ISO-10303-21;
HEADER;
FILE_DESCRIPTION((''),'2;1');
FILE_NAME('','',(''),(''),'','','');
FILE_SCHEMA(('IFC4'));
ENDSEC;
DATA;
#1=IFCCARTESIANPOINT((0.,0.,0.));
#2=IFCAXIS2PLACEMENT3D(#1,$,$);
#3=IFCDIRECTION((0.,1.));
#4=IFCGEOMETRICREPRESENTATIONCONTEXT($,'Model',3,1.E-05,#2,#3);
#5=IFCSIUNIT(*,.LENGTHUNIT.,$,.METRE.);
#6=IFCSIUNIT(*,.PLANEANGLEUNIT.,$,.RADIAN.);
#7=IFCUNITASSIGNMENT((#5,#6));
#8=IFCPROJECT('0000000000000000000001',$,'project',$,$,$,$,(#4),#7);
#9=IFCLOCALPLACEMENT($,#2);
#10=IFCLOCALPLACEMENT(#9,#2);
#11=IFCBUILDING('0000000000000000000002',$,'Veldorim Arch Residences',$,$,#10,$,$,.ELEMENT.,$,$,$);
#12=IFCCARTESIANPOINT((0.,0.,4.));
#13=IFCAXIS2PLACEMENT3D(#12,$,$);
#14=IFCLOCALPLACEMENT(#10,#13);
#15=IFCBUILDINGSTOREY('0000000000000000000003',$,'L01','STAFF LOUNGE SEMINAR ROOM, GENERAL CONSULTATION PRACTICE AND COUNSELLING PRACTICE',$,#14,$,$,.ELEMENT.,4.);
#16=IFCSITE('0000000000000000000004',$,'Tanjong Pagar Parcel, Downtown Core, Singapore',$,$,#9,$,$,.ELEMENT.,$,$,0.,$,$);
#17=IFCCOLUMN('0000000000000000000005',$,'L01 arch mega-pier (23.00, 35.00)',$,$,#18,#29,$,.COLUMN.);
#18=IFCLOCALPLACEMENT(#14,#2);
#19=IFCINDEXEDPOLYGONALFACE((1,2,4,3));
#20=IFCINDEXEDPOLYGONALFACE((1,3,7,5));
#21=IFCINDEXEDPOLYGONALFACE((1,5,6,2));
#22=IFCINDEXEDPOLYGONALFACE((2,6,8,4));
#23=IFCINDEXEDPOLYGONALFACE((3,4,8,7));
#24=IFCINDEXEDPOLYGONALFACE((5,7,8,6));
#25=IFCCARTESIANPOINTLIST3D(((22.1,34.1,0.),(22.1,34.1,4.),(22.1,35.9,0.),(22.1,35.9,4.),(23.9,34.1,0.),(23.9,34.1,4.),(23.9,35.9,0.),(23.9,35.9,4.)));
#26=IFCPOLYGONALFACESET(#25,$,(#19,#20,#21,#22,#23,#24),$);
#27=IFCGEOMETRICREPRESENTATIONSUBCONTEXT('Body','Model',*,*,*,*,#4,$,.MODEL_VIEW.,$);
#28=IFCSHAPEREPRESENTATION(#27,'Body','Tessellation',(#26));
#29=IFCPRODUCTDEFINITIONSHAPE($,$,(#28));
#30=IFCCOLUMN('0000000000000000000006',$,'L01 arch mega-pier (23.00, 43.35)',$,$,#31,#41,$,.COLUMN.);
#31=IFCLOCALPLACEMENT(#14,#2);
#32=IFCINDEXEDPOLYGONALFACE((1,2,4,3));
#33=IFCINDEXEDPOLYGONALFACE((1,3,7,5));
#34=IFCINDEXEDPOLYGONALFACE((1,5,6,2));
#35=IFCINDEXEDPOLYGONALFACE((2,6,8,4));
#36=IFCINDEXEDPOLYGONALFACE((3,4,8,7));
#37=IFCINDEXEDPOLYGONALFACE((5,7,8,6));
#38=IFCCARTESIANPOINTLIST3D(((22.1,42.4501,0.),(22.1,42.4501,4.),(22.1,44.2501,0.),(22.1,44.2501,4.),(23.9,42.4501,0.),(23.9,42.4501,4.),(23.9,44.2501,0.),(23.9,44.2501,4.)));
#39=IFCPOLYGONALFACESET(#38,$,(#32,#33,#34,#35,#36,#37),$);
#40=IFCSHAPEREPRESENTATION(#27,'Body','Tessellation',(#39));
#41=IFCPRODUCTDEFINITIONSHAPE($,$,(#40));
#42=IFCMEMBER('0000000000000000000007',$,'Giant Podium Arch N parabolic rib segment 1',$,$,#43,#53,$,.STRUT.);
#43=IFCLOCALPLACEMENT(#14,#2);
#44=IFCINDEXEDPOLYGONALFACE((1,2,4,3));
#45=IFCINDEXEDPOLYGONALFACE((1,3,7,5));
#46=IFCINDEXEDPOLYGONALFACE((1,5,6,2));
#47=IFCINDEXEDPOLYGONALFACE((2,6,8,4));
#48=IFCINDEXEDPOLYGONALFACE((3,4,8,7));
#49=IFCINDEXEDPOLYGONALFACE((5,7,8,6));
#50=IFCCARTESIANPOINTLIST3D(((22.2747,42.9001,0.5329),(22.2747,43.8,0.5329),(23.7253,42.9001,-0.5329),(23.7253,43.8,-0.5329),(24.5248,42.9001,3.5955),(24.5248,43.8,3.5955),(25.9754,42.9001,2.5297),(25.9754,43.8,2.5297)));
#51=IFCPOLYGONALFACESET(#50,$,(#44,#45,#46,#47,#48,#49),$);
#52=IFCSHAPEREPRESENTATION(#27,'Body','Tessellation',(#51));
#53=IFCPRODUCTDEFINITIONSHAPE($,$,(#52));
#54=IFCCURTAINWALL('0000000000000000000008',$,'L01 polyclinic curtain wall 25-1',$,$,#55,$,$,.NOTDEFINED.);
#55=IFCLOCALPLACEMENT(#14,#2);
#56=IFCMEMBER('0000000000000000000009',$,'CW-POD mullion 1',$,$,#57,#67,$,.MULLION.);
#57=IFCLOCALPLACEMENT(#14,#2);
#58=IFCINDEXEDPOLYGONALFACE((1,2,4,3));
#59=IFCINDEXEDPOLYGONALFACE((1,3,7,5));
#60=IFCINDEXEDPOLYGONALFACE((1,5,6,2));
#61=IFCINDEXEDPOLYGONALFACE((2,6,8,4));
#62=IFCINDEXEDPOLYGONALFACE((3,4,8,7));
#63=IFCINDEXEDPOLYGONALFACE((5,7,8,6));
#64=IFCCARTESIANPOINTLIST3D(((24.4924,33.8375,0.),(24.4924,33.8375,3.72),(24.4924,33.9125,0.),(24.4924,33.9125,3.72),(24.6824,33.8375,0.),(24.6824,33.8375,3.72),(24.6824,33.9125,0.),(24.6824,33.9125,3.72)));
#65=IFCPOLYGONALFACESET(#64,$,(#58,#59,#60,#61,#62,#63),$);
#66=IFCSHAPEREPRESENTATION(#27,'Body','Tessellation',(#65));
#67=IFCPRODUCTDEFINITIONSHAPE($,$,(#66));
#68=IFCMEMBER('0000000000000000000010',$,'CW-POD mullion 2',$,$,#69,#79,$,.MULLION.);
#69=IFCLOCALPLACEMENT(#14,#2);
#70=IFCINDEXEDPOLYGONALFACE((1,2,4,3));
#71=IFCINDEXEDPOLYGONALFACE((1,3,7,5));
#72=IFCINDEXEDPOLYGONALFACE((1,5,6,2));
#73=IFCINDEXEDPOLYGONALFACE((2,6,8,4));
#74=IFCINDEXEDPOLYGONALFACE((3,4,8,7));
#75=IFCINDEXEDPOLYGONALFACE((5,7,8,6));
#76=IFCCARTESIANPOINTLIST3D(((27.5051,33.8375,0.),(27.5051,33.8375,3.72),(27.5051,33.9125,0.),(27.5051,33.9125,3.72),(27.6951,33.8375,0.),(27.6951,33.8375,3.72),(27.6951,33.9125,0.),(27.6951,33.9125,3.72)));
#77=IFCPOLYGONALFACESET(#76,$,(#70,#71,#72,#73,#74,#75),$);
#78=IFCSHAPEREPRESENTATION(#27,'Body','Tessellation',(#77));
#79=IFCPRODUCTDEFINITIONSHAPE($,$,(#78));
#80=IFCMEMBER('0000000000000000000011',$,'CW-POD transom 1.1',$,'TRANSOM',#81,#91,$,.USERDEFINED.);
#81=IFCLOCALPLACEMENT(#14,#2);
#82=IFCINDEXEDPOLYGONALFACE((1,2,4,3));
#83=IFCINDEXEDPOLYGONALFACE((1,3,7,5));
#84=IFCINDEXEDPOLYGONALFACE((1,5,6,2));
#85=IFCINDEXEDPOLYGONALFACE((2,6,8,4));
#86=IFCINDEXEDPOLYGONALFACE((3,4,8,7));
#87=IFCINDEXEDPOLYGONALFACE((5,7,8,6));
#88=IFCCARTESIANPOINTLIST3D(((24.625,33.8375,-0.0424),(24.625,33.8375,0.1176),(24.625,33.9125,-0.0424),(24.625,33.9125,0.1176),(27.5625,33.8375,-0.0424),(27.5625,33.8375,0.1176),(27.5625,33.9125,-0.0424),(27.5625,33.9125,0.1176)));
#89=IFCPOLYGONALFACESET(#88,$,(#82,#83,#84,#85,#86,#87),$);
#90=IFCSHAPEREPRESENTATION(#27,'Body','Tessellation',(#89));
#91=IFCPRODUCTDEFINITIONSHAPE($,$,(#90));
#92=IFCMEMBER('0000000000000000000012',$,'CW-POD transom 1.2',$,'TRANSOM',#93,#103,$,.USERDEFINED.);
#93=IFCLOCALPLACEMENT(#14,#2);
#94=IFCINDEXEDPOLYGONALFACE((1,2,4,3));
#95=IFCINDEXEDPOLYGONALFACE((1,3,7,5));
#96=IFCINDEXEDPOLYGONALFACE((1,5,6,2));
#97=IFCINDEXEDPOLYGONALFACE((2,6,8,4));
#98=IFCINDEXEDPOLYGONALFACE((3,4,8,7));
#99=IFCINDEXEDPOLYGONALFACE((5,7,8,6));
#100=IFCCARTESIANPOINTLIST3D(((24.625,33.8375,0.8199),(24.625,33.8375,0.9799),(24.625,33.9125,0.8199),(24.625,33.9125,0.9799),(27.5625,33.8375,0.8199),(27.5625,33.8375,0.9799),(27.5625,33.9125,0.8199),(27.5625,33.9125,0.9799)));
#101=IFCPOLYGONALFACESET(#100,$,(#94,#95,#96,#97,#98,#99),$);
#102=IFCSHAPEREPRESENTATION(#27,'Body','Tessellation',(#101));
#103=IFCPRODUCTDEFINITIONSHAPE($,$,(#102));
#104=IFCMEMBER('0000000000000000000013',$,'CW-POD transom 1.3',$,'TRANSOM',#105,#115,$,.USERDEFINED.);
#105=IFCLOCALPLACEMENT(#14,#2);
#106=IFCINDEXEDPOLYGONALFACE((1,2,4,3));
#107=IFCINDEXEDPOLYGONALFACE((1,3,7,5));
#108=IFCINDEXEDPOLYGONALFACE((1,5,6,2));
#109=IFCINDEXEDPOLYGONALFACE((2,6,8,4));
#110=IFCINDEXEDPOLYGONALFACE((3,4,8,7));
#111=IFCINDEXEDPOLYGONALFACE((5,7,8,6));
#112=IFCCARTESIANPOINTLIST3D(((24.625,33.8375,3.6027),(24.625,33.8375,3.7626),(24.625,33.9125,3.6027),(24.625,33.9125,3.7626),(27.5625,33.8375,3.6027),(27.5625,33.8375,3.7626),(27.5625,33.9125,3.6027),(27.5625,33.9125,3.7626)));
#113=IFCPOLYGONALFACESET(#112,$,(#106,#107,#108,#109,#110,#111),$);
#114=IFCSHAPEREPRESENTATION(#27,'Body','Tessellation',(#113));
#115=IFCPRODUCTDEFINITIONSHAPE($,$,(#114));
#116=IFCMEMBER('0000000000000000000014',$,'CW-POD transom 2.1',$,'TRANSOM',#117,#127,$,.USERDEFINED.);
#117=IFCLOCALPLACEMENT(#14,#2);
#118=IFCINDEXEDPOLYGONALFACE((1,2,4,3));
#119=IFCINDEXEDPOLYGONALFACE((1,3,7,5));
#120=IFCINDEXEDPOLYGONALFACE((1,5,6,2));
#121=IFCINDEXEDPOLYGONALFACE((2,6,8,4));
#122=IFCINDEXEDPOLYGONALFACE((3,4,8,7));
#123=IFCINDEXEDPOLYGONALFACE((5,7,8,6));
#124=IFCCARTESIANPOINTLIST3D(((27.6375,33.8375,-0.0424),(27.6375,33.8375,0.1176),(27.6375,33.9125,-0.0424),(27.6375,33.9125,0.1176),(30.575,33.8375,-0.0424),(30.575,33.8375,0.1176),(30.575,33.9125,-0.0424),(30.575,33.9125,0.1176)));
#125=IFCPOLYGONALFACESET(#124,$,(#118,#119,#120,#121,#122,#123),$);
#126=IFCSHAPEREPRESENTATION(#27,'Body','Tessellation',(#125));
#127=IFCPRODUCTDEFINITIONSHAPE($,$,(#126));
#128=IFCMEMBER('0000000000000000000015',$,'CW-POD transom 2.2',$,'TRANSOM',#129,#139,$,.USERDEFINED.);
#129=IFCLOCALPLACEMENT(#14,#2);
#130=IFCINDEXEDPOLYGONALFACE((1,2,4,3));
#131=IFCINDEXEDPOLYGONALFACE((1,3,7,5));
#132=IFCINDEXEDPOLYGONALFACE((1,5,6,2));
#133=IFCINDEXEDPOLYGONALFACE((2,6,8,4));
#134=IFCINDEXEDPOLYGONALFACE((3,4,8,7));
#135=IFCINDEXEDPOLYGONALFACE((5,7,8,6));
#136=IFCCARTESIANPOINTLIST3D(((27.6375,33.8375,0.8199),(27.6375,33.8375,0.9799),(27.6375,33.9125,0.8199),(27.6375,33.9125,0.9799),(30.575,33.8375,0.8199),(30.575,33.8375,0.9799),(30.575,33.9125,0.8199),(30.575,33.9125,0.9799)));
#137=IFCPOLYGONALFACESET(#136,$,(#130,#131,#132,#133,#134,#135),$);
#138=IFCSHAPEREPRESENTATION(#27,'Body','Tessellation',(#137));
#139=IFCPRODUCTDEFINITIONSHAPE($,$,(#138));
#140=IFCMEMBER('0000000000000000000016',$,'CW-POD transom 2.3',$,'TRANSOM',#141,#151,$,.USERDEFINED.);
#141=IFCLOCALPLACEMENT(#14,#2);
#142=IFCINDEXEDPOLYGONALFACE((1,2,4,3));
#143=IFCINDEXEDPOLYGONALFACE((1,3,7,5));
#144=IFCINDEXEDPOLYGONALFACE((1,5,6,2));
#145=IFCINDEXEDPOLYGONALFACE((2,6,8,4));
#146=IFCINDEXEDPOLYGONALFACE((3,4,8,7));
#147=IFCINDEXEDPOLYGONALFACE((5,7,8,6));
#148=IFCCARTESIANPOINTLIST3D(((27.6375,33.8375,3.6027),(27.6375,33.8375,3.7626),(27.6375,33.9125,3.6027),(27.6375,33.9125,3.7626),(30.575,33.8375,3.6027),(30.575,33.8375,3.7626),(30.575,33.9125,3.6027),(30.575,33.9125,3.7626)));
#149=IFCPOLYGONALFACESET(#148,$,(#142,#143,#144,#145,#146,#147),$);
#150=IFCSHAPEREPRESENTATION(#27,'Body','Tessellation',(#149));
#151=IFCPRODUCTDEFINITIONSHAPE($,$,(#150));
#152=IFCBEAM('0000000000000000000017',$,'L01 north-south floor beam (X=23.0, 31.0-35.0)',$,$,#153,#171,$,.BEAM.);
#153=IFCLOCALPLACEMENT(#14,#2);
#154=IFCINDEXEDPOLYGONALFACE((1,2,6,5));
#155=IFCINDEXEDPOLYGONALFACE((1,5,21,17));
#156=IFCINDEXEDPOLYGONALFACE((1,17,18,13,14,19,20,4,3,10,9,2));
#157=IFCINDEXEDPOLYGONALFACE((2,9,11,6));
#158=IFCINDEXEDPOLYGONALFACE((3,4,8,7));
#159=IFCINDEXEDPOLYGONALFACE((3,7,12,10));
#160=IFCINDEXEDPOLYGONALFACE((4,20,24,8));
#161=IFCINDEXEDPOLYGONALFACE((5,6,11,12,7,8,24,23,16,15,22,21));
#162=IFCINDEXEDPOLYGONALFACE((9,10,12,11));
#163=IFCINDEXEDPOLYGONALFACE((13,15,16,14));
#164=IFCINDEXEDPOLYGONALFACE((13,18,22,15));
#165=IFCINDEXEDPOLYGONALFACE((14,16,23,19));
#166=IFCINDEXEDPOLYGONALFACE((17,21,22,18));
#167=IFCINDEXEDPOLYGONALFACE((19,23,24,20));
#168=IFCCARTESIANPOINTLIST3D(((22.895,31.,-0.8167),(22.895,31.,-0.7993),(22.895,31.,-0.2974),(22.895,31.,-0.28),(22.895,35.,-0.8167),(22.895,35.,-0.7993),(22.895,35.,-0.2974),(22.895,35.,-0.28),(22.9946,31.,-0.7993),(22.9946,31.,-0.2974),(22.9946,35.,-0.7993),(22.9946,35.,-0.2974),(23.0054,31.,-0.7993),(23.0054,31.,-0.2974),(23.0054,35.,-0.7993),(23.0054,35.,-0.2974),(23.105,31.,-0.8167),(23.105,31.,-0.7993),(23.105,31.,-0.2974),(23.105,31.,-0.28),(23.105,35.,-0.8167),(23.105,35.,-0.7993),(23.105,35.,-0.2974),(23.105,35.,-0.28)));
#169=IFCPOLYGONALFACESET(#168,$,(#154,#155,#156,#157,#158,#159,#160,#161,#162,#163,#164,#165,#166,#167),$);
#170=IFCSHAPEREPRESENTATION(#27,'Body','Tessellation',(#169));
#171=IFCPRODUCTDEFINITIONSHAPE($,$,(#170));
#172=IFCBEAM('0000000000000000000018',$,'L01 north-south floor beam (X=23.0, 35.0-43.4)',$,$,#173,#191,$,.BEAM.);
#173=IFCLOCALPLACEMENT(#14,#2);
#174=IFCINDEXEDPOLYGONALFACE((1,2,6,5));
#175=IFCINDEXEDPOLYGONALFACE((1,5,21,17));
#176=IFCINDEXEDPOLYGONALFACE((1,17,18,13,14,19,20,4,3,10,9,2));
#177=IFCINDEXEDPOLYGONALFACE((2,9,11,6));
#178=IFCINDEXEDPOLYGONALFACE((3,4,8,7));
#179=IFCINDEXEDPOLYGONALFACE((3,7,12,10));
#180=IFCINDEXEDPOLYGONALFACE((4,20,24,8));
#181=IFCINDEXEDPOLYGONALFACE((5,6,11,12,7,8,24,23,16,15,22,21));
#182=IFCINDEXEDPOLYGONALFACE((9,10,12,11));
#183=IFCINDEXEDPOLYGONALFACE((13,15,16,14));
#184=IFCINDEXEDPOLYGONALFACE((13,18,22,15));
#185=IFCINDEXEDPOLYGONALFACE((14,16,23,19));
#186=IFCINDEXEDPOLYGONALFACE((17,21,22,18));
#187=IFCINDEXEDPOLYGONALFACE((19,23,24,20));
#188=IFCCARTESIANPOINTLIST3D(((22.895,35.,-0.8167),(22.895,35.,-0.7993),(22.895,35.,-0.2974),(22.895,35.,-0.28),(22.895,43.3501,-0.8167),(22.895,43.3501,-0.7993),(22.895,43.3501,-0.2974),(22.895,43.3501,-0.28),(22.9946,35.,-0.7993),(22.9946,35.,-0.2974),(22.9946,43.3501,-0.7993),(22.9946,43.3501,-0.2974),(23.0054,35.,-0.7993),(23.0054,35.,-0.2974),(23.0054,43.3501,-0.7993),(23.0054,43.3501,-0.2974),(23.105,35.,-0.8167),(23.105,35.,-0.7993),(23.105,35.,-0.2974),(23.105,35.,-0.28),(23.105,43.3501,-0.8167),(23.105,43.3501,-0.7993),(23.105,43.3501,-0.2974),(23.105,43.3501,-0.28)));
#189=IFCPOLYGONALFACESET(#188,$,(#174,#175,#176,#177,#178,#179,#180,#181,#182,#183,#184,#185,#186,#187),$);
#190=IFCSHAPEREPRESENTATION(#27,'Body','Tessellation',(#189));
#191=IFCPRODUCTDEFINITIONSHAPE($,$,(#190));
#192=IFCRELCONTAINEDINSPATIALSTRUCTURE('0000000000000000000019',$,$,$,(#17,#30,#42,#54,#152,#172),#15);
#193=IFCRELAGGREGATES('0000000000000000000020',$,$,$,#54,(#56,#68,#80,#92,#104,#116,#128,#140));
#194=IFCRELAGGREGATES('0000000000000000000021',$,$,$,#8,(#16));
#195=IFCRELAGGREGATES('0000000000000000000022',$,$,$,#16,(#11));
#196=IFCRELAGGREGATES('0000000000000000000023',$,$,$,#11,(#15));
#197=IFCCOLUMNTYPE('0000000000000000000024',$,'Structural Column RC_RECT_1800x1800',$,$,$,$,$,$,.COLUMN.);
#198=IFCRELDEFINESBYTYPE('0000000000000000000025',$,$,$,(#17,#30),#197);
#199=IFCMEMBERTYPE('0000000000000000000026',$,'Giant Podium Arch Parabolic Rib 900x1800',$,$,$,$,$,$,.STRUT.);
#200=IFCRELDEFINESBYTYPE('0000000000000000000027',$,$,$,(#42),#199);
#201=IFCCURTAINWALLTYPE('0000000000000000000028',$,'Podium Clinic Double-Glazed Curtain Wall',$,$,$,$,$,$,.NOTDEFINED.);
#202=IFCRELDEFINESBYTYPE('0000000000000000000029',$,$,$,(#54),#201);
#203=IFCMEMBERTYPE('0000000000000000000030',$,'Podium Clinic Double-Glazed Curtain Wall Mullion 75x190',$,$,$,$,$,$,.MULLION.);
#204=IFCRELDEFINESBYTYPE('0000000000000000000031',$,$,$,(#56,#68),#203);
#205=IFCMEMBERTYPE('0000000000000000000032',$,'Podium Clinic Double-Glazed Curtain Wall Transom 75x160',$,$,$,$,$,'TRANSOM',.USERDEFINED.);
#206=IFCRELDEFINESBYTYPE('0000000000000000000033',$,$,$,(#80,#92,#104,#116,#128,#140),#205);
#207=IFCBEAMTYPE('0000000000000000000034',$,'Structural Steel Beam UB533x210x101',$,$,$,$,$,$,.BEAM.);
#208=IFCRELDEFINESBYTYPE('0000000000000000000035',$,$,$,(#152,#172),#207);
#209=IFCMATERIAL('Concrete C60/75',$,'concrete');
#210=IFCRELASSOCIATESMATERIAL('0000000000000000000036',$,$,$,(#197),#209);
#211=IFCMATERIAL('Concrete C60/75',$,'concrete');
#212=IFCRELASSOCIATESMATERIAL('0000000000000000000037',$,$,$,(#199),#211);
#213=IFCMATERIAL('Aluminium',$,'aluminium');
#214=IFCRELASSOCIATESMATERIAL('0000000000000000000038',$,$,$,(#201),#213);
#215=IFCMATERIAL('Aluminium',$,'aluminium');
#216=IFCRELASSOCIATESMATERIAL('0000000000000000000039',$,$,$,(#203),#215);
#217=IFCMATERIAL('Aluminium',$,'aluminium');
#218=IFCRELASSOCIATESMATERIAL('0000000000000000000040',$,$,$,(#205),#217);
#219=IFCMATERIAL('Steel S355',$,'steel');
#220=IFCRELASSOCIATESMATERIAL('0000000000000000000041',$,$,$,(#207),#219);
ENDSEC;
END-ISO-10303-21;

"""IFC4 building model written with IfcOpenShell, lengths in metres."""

from ifc_helpers import new_model, si_unit, direction, frame, origin, origin_2d, place, context, subcontext, project, spatial, rectangle, i_section, extrude, material, material_profile, profile_set, type_object, element, aggregate, save


model = new_model("IFC4")

# Units and contexts
model_context = context("Model", 3, precision=1e-05, world=origin(), true_north=direction((0.0, 1.0)))
body_context = subcontext(model_context, "Body", "Model", "MODEL_VIEW")
ifc_project = project(units=[si_unit("LENGTHUNIT", "METRE"), si_unit("PLANEANGLEUNIT", "RADIAN")], contexts=[model_context])

# Site, building, storey
site_placement = place(None, origin())
site = spatial("IfcSite", under=ifc_project, at=site_placement, Name="Tanjong Pagar Parcel, Downtown Core, Singapore", CompositionType="ELEMENT", RefElevation=0.0)
building_placement = place(site_placement, origin())
building = spatial("IfcBuilding", under=site, at=building_placement, Name="Veldorim Arch Residences", CompositionType="ELEMENT")
storey_placement = place(building_placement, frame((0.0, 0.0, 4.0)))
storey = spatial("IfcBuildingStorey", under=building, at=storey_placement, Name="L01", Description="STAFF LOUNGE SEMINAR ROOM, GENERAL CONSULTATION PRACTICE AND COUNSELLING PRACTICE", CompositionType="ELEMENT", Elevation=4.0)

# Columns
ifc_material_1 = material(Name="Concrete C60/75", Category="concrete")
ifc_material_profile_1 = material_profile(ifc_material_1, rectangle(XDim=1.8, YDim=1.8, at=origin_2d()), Name="RC_RECT_1800x1800")
ifc_profile_set_1 = profile_set([ifc_material_profile_1], Name="Concrete C60/75")
column_type = type_object("IfcColumnType", Name="Structural Column RC_RECT_1800x1800", PredefinedType="COLUMN", material=ifc_profile_set_1)
for number, where, z_axis, x_axis, name in (
    (1, (23.0, 35.0, 0.0), (0.0, 0.0, 1.0), (1.0, 0.0, 0.0), "L01 arch mega-pier (23.00, 35.00)"),
    (2, (23.0, 43.3501, 0.0), (0.0, 0.0, 1.0), (1.0, 0.0, 0.0), "L01 arch mega-pier (23.00, 43.35)"),
):
    element("IfcColumn", number, at=place(storey_placement, frame(where, z_axis=z_axis, x_axis=x_axis)), inside=storey, type_object=column_type, Name=name, PredefinedType="COLUMN", context=body_context, shape_type="SweptSolid", body=[
        extrude(rectangle(XDim=1.8, YDim=1.8, at=origin_2d()), origin(), (0.0, 0.0, 1.0), 4.0),
    ])

# Member
ifc_material_2 = material(Name="Concrete C60/75", Category="concrete")
ifc_material_profile_2 = material_profile(ifc_material_2, rectangle(XDim=0.8999, YDim=1.8, at=origin_2d()), Name="RC_RECT_900x1800")
ifc_profile_set_2 = profile_set([ifc_material_profile_2], Name="Concrete C60/75")
member_type_1 = type_object("IfcMemberType", Name="Giant Podium Arch Parabolic Rib 900x1800", PredefinedType="STRUT", material=ifc_profile_set_2)
member_1_placement = place(storey_placement, frame((23.0, 43.3501, 0.0), z_axis=(0.592076, 0.0, 0.805882), x_axis=(0.0, 1.0, 0.0)))
element("IfcMember", 3, at=member_1_placement, inside=storey, type_object=member_type_1, Name="Giant Podium Arch N parabolic rib segment 1", PredefinedType="STRUT", context=body_context, shape_type="SweptSolid", body=[
    extrude(rectangle(XDim=0.8999, YDim=1.8, at=origin_2d()), origin(), (0.0, 0.0, 1.0), 3.8003),
])

# Curtain wall, members
ifc_material_3 = material(Name="Aluminium", Category="aluminium")
curtain_wall_type = type_object("IfcCurtainWallType", Name="Podium Clinic Double-Glazed Curtain Wall", PredefinedType="NOTDEFINED", material=ifc_material_3)
curtain_wall_placement = place(storey_placement, origin())
curtain_wall = element("IfcCurtainWall", 4, at=curtain_wall_placement, inside=storey, type_object=curtain_wall_type, Name="L01 polyclinic curtain wall 25-1", PredefinedType="NOTDEFINED")
ifc_material_4 = material(Name="Aluminium", Category="aluminium")
ifc_material_profile_3 = material_profile(ifc_material_4, rectangle(XDim=0.075, YDim=0.1899, at=origin_2d()), Name="ALU_MUL_75x190")
ifc_profile_set_3 = profile_set([ifc_material_profile_3], Name="Aluminium")
member_type_2 = type_object("IfcMemberType", Name="Podium Clinic Double-Glazed Curtain Wall Mullion 75x190", PredefinedType="MULLION", material=ifc_profile_set_3)
member_2_placement = place(storey_placement, frame((24.5874, 33.875, 0.0), z_axis=(0.0, 0.0, 1.0), x_axis=(0.0, 1.0, 0.0)))
member_2 = element("IfcMember", 5, at=member_2_placement, type_object=member_type_2, Name="CW-POD mullion 1", PredefinedType="MULLION", context=body_context, shape_type="SweptSolid", body=[
    extrude(rectangle(XDim=0.075, YDim=0.1899, at=origin_2d()), origin(), (0.0, 0.0, 1.0), 3.72),
])
member_3_placement = place(storey_placement, frame((27.6001, 33.875, 0.0), z_axis=(0.0, 0.0, 1.0), x_axis=(0.0, 1.0, 0.0)))
member_3 = element("IfcMember", 6, at=member_3_placement, type_object=member_type_2, Name="CW-POD mullion 2", PredefinedType="MULLION", context=body_context, shape_type="SweptSolid", body=[
    extrude(rectangle(XDim=0.075, YDim=0.1899, at=origin_2d()), origin(), (0.0, 0.0, 1.0), 3.72),
])
ifc_material_5 = material(Name="Aluminium", Category="aluminium")
ifc_material_profile_4 = material_profile(ifc_material_5, rectangle(XDim=0.075, YDim=0.1599, at=origin_2d()), Name="ALU_TRN_75x160")
ifc_profile_set_4 = profile_set([ifc_material_profile_4], Name="Aluminium")
member_type_3 = type_object("IfcMemberType", Name="Podium Clinic Double-Glazed Curtain Wall Transom 75x160", ElementType="TRANSOM", PredefinedType="USERDEFINED", material=ifc_profile_set_4)
member_4_placement = place(storey_placement, frame((24.625, 33.875, 0.0376), z_axis=(1.0, 0.0, 0.0), x_axis=(0.0, 1.0, 0.0)))
member_4 = element("IfcMember", 7, at=member_4_placement, type_object=member_type_3, Name="CW-POD transom 1.1", ObjectType="TRANSOM", PredefinedType="USERDEFINED", context=body_context, shape_type="SweptSolid", body=[
    extrude(rectangle(XDim=0.075, YDim=0.1599, at=origin_2d()), origin(), (0.0, 0.0, 1.0), 2.9375),
])
member_5_placement = place(storey_placement, frame((24.625, 33.875, 0.8999), z_axis=(1.0, 0.0, 0.0), x_axis=(0.0, 1.0, 0.0)))
member_5 = element("IfcMember", 8, at=member_5_placement, type_object=member_type_3, Name="CW-POD transom 1.2", ObjectType="TRANSOM", PredefinedType="USERDEFINED", context=body_context, shape_type="SweptSolid", body=[
    extrude(rectangle(XDim=0.075, YDim=0.1599, at=origin_2d()), origin(), (0.0, 0.0, 1.0), 2.9375),
])
member_6_placement = place(storey_placement, frame((24.625, 33.875, 3.6826), z_axis=(1.0, 0.0, 0.0), x_axis=(0.0, 1.0, 0.0)))
member_6 = element("IfcMember", 9, at=member_6_placement, type_object=member_type_3, Name="CW-POD transom 1.3", ObjectType="TRANSOM", PredefinedType="USERDEFINED", context=body_context, shape_type="SweptSolid", body=[
    extrude(rectangle(XDim=0.075, YDim=0.1599, at=origin_2d()), origin(), (0.0, 0.0, 1.0), 2.9375),
])
member_7_placement = place(storey_placement, frame((27.6375, 33.875, 0.0376), z_axis=(1.0, 0.0, 0.0), x_axis=(0.0, 1.0, 0.0)))
member_7 = element("IfcMember", 10, at=member_7_placement, type_object=member_type_3, Name="CW-POD transom 2.1", ObjectType="TRANSOM", PredefinedType="USERDEFINED", context=body_context, shape_type="SweptSolid", body=[
    extrude(rectangle(XDim=0.075, YDim=0.1599, at=origin_2d()), origin(), (0.0, 0.0, 1.0), 2.9375),
])
member_8_placement = place(storey_placement, frame((27.6375, 33.875, 0.8999), z_axis=(1.0, 0.0, 0.0), x_axis=(0.0, 1.0, 0.0)))
member_8 = element("IfcMember", 11, at=member_8_placement, type_object=member_type_3, Name="CW-POD transom 2.2", ObjectType="TRANSOM", PredefinedType="USERDEFINED", context=body_context, shape_type="SweptSolid", body=[
    extrude(rectangle(XDim=0.075, YDim=0.1599, at=origin_2d()), origin(), (0.0, 0.0, 1.0), 2.9375),
])
member_9_placement = place(storey_placement, frame((27.6375, 33.875, 3.6826), z_axis=(1.0, 0.0, 0.0), x_axis=(0.0, 1.0, 0.0)))
member_9 = element("IfcMember", 12, at=member_9_placement, type_object=member_type_3, Name="CW-POD transom 2.3", ObjectType="TRANSOM", PredefinedType="USERDEFINED", context=body_context, shape_type="SweptSolid", body=[
    extrude(rectangle(XDim=0.075, YDim=0.1599, at=origin_2d()), origin(), (0.0, 0.0, 1.0), 2.9375),
])

# Beams
ifc_material_6 = material(Name="Steel S355", Category="steel")
ifc_material_profile_5 = material_profile(ifc_material_6, i_section(OverallWidth=0.21, OverallDepth=0.5366, WebThickness=0.0107, FlangeThickness=0.0173, at=origin_2d()), Name="UB533x210x101")
ifc_profile_set_5 = profile_set([ifc_material_profile_5], Name="Steel S355")
beam_type = type_object("IfcBeamType", Name="Structural Steel Beam UB533x210x101", PredefinedType="BEAM", material=ifc_profile_set_5)
beam_1_placement = place(storey_placement, frame((23.0, 31.0, -0.5483), z_axis=(0.0, 1.0, 0.0), x_axis=(-1.0, 0.0, 0.0)))
element("IfcBeam", 13, at=beam_1_placement, inside=storey, type_object=beam_type, Name="L01 north-south floor beam (X=23.0, 31.0-35.0)", PredefinedType="BEAM", context=body_context, shape_type="SweptSolid", body=[
    extrude(i_section(OverallWidth=0.21, OverallDepth=0.5366, WebThickness=0.0107, FlangeThickness=0.0173, at=origin_2d()), origin(), (0.0, 0.0, 1.0), 4.0),
])
beam_2_placement = place(storey_placement, frame((23.0, 35.0, -0.5483), z_axis=(0.0, 1.0, 0.0), x_axis=(-1.0, 0.0, 0.0)))
element("IfcBeam", 14, at=beam_2_placement, inside=storey, type_object=beam_type, Name="L01 north-south floor beam (X=23.0, 35.0-43.4)", PredefinedType="BEAM", context=body_context, shape_type="SweptSolid", body=[
    extrude(i_section(OverallWidth=0.21, OverallDepth=0.5366, WebThickness=0.0107, FlangeThickness=0.0173, at=origin_2d()), origin(), (0.0, 0.0, 1.0), 8.3501),
])

aggregate(curtain_wall, [member_2, member_3, member_4, member_5, member_6, member_7, member_8, member_9])

save(model, "model.ifc")
